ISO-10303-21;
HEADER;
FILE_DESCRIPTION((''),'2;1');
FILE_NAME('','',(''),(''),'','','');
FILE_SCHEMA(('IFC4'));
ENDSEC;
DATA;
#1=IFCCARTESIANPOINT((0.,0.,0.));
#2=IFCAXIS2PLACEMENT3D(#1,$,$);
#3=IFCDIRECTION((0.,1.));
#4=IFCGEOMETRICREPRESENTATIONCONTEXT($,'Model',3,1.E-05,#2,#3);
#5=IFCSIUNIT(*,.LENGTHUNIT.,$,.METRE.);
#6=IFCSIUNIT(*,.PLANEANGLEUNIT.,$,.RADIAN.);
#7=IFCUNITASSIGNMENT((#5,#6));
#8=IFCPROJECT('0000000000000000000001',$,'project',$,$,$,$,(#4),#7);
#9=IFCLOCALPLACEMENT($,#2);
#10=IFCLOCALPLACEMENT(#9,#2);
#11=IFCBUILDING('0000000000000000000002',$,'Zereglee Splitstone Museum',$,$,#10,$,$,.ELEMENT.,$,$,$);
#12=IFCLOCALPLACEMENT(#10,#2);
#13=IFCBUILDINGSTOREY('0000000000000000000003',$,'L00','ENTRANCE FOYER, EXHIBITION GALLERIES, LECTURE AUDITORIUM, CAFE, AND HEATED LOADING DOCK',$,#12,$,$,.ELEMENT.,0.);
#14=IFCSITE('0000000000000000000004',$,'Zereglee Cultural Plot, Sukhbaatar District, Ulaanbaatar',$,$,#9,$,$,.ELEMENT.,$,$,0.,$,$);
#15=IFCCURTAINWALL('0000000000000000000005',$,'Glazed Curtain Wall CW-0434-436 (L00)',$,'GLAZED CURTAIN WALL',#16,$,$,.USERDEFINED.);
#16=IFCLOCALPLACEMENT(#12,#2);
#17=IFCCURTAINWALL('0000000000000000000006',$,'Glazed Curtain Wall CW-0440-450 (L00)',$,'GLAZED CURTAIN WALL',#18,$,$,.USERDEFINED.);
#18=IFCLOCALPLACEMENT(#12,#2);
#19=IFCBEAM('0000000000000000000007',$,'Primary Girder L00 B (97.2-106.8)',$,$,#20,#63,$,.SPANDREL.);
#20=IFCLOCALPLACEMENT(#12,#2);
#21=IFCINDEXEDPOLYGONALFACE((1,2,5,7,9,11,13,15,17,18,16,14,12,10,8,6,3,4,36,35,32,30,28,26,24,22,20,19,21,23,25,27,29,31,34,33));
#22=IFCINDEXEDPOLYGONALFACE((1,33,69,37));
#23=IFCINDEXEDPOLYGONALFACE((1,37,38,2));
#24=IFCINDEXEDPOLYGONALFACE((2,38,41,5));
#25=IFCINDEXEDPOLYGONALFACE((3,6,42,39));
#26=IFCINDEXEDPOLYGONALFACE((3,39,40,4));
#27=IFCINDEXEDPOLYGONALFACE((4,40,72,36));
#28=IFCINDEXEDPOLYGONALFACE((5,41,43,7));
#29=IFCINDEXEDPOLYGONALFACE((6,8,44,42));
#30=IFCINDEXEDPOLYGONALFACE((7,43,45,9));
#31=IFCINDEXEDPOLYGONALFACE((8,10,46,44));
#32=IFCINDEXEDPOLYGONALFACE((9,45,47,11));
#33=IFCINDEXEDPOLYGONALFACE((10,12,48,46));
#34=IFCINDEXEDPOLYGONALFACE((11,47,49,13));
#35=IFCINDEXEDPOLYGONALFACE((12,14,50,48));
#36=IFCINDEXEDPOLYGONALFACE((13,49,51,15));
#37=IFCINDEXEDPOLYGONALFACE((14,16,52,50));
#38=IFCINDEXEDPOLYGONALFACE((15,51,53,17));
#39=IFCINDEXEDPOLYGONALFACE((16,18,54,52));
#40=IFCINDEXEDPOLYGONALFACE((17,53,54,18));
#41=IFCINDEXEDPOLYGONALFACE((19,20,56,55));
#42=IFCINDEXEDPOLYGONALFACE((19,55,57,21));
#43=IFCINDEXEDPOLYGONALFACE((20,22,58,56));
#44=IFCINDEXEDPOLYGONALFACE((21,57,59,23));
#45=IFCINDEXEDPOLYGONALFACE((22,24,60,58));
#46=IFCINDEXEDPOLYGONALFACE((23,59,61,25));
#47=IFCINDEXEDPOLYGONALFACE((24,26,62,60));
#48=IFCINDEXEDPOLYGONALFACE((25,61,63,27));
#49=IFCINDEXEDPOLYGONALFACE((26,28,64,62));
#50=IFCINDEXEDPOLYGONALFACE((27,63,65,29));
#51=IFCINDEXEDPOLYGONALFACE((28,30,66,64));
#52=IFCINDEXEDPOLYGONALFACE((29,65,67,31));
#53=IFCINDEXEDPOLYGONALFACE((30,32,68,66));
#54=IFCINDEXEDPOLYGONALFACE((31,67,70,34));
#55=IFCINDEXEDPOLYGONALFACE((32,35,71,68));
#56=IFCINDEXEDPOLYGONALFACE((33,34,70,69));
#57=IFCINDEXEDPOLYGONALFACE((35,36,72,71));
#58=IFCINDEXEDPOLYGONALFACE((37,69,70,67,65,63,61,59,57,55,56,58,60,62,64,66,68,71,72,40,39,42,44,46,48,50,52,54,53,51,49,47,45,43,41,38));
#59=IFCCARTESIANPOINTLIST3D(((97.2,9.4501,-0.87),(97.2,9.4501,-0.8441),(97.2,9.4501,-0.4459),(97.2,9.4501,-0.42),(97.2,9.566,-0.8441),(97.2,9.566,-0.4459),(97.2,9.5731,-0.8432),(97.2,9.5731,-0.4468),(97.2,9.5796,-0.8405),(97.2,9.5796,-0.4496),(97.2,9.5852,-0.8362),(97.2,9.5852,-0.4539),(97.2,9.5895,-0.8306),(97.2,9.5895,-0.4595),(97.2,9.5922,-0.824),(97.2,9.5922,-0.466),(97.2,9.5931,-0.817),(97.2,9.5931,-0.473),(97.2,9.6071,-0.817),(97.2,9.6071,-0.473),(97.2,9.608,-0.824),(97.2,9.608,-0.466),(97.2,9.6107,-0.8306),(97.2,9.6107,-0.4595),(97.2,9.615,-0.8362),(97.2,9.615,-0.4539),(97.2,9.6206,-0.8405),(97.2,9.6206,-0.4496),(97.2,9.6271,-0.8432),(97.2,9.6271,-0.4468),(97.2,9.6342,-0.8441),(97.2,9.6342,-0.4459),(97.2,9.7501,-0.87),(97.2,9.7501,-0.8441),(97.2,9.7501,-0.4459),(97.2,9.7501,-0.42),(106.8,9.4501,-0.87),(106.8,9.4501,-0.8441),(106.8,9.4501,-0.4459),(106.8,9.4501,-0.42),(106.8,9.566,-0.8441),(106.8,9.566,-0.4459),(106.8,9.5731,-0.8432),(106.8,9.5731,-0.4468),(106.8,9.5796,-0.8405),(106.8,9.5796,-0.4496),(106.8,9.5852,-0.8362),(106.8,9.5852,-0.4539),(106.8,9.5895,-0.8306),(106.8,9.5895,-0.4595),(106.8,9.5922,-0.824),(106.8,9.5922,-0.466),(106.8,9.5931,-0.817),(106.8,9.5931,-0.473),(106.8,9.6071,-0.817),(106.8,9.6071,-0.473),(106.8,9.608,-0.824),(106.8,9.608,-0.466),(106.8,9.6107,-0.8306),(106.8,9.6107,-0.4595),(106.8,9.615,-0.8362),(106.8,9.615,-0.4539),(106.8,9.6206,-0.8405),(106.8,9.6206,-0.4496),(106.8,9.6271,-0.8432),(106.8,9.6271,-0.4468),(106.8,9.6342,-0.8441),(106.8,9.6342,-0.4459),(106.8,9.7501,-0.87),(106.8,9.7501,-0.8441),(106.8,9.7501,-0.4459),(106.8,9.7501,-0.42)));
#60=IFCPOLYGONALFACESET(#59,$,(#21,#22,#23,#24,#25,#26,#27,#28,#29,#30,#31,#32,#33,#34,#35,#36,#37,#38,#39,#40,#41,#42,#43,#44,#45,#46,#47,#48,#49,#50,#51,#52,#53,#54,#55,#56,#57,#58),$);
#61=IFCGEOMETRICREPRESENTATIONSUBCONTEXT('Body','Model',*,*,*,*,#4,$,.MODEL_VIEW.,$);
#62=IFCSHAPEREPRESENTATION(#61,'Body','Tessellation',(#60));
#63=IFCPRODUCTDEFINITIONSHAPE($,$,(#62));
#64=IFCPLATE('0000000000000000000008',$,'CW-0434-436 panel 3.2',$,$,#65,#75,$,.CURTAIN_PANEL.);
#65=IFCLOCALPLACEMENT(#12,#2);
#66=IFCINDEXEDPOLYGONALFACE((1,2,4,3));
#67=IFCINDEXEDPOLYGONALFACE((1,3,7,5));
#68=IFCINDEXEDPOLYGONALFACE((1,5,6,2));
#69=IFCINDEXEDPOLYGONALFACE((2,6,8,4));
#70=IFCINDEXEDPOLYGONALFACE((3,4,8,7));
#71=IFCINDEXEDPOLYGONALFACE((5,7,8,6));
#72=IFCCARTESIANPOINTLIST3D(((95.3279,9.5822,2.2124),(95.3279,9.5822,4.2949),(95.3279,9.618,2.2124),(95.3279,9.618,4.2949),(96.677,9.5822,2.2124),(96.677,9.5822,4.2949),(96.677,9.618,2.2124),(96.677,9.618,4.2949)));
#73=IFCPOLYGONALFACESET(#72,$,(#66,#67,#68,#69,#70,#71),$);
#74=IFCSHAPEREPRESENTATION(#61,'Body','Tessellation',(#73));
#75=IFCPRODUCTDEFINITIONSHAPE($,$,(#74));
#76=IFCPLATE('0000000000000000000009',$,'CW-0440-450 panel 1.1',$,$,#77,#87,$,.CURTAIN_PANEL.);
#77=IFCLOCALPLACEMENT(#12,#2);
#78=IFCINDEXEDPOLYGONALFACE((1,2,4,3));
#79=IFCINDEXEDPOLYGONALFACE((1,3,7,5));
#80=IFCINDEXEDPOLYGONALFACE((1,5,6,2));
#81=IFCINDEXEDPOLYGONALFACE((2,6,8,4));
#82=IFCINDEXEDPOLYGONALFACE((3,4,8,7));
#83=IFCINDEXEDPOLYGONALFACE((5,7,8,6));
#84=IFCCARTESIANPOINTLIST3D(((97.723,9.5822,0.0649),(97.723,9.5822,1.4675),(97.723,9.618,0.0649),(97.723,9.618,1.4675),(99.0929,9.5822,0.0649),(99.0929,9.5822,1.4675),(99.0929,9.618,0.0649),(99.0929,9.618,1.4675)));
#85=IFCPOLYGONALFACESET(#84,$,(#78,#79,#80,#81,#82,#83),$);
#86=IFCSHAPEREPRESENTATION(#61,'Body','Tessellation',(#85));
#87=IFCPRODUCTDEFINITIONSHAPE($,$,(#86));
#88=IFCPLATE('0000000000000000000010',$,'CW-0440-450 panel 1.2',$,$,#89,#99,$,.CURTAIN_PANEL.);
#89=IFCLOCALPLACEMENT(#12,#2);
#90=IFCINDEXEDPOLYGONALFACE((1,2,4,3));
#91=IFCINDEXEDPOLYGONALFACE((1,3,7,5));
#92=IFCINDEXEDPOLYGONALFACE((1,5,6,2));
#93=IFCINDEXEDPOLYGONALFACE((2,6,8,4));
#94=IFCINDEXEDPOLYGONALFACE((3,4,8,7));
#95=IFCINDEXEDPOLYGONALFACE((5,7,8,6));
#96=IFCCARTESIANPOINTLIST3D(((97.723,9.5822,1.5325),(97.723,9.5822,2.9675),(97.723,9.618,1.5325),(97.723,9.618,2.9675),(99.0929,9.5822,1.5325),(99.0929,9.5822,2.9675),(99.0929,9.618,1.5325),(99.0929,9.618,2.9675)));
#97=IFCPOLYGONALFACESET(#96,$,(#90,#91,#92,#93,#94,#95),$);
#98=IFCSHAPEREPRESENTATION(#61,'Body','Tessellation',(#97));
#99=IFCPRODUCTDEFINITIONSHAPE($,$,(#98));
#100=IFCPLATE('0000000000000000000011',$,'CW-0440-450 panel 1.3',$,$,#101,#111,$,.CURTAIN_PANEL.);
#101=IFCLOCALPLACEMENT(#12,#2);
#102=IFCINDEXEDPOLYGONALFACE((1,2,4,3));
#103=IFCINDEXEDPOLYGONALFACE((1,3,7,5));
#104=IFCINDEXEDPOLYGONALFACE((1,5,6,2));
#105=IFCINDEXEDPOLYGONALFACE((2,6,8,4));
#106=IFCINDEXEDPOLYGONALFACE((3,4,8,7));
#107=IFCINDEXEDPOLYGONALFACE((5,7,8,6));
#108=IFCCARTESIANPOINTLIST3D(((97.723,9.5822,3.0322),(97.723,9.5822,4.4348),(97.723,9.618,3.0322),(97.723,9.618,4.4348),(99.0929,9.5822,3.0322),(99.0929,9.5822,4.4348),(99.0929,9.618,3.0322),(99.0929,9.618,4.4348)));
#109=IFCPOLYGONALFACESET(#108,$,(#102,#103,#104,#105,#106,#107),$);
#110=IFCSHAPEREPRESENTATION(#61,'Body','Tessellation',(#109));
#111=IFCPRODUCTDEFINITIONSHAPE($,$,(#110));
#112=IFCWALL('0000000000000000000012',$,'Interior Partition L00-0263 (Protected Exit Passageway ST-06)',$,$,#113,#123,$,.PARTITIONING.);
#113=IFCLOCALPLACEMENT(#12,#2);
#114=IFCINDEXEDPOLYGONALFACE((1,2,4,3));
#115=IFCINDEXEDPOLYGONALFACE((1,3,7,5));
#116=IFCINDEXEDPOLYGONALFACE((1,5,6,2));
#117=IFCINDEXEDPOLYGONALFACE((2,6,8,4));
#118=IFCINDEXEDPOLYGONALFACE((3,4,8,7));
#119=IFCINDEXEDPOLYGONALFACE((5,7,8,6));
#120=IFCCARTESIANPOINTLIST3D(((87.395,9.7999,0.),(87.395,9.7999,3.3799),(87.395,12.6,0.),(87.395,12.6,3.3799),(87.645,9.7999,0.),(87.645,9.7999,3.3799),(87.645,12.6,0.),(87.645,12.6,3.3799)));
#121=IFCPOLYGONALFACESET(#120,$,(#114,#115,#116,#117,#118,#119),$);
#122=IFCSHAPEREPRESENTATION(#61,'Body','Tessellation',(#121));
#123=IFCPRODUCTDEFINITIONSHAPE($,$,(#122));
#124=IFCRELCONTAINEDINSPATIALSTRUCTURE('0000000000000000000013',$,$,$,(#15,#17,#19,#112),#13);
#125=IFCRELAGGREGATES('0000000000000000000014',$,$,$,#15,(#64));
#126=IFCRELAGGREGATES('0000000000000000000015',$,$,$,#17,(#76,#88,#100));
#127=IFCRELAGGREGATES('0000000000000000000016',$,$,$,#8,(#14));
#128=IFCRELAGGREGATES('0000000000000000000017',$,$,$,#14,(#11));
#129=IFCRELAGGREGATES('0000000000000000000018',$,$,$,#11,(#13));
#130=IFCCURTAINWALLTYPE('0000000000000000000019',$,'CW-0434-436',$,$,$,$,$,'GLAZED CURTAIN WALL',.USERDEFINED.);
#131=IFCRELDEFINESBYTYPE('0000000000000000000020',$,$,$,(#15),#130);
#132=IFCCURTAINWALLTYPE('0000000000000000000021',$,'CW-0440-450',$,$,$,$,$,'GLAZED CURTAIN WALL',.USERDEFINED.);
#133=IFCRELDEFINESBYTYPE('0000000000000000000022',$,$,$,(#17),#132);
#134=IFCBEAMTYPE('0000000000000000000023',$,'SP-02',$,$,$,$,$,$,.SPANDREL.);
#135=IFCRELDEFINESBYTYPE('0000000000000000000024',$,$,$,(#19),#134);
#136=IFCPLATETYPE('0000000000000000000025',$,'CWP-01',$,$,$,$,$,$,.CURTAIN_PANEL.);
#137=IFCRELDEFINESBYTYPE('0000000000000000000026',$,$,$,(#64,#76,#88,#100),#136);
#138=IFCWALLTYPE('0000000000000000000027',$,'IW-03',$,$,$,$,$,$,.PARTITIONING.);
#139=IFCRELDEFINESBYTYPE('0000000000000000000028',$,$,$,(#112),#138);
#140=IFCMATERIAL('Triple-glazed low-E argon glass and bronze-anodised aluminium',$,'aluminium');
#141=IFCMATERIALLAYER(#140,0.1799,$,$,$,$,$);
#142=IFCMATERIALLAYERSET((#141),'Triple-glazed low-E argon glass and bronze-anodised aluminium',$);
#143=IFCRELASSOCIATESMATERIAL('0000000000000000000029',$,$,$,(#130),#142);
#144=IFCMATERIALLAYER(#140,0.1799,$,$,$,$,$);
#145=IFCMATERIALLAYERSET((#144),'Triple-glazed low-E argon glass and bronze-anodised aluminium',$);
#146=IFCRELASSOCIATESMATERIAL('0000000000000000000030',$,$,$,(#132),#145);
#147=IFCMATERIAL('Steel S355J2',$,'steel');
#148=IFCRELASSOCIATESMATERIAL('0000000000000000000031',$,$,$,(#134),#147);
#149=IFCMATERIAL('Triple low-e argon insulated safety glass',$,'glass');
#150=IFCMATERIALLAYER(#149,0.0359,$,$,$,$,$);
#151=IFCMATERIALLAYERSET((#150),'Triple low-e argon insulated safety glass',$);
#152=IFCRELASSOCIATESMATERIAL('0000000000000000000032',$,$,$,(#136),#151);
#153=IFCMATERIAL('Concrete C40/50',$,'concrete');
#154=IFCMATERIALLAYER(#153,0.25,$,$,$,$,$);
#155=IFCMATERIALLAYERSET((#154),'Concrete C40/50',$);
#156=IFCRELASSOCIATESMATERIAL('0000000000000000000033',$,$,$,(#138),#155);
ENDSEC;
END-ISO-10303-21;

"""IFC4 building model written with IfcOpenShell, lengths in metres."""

from ifc_helpers import new_model, si_unit, direction, frame, frame_2d, origin, origin_2d, place, context, subcontext, project, spatial, rectangle, i_section, extrude, material, layer, layer_set, material_profile, profile_set, type_object, element, aggregate, save


model = new_model("IFC4")

# Units and contexts
model_context = context("Model", 3, precision=1e-05, world=origin(), true_north=direction((0.0, 1.0)))
body_context = subcontext(model_context, "Body", "Model", "MODEL_VIEW")
ifc_project = project(units=[si_unit("LENGTHUNIT", "METRE"), si_unit("PLANEANGLEUNIT", "RADIAN")], contexts=[model_context])

# Site, building, storey
site_placement = place(None, origin())
site = spatial("IfcSite", under=ifc_project, at=site_placement, Name="Zereglee Cultural Plot, Sukhbaatar District, Ulaanbaatar", CompositionType="ELEMENT", RefElevation=0.0)
building_placement = place(site_placement, origin())
building = spatial("IfcBuilding", under=site, at=building_placement, Name="Zereglee Splitstone Museum", CompositionType="ELEMENT")
storey_placement = place(building_placement, origin())
storey = spatial("IfcBuildingStorey", under=building, at=storey_placement, Name="L00", Description="ENTRANCE FOYER, EXHIBITION GALLERIES, LECTURE AUDITORIUM, CAFE, AND HEATED LOADING DOCK", CompositionType="ELEMENT", Elevation=0.0)

# Shared definitions
ifc_material_1 = material(Name="Concrete C40/50", Category="concrete")

# Curtain wall
ifc_material_2 = material(Name="Triple-glazed low-E argon glass and bronze-anodised aluminium", Category="aluminium")
ifc_layer_1 = layer(ifc_material_2, 0.1799)
ifc_layer_set_1 = layer_set([ifc_layer_1], Name="Triple-glazed low-E argon glass and bronze-anodised aluminium")
curtain_wall_type_1 = type_object("IfcCurtainWallType", Name="CW-0434-436", ElementType="GLAZED CURTAIN WALL", PredefinedType="USERDEFINED", material=ifc_layer_set_1)
curtain_wall_1_placement = place(storey_placement, origin())
curtain_wall_1 = element("IfcCurtainWall", 1, at=curtain_wall_1_placement, inside=storey, type_object=curtain_wall_type_1, Name="Glazed Curtain Wall CW-0434-436 (L00)", ObjectType="GLAZED CURTAIN WALL", PredefinedType="USERDEFINED")

# Curtain wall
ifc_layer_2 = layer(ifc_material_2, 0.1799)
ifc_layer_set_2 = layer_set([ifc_layer_2], Name="Triple-glazed low-E argon glass and bronze-anodised aluminium")
curtain_wall_type_2 = type_object("IfcCurtainWallType", Name="CW-0440-450", ElementType="GLAZED CURTAIN WALL", PredefinedType="USERDEFINED", material=ifc_layer_set_2)
curtain_wall_2_placement = place(storey_placement, origin())
curtain_wall_2 = element("IfcCurtainWall", 2, at=curtain_wall_2_placement, inside=storey, type_object=curtain_wall_type_2, Name="Glazed Curtain Wall CW-0440-450 (L00)", ObjectType="GLAZED CURTAIN WALL", PredefinedType="USERDEFINED")

# Beam
ifc_material_3 = material(Name="Steel S355J2", Category="steel")
ifc_material_profile_1 = material_profile(ifc_material_3, i_section(OverallWidth=0.3, OverallDepth=0.45, WebThickness=0.0139, FlangeThickness=0.0259, FilletRadius=0.0271, at=origin_2d()), Name="HE 450 B")
ifc_profile_set_1 = profile_set([ifc_material_profile_1], Name="Steel S355J2")
beam_type_1 = type_object("IfcBeamType", Name="SP-02", PredefinedType="SPANDREL", material=ifc_profile_set_1)
beam_1_placement = place(storey_placement, frame((97.2, 9.6001, -0.645), z_axis=(1.0, 0.0, 0.0), x_axis=(0.0, 1.0, 0.0)))
element("IfcBeam", 3, at=beam_1_placement, inside=storey, type_object=beam_type_1, Name="Primary Girder L00 B (97.2-106.8)", PredefinedType="SPANDREL", context=body_context, shape_type="SweptSolid", body=[
    extrude(i_section(OverallWidth=0.3, OverallDepth=0.45, WebThickness=0.0139, FlangeThickness=0.0259, FilletRadius=0.0271, at=origin_2d()), origin(), (0.0, 0.0, 1.0), 9.6001),
])

# Plates
ifc_material_4 = material(Name="Triple low-e argon insulated safety glass", Category="glass")
ifc_layer_3 = layer(ifc_material_4, 0.0359)
ifc_layer_set_3 = layer_set([ifc_layer_3], Name="Triple low-e argon insulated safety glass")
plate_type = type_object("IfcPlateType", Name="CWP-01", PredefinedType="CURTAIN_PANEL", material=ifc_layer_set_3)
plate_1_placement = place(storey_placement, frame((96.0024, 9.6001, 2.2124), z_axis=(0.0, 0.0, 1.0), x_axis=(1.0, 0.0, 0.0)))
plate_1 = element("IfcPlate", 4, at=plate_1_placement, type_object=plate_type, Name="CW-0434-436 panel 3.2", PredefinedType="CURTAIN_PANEL", context=body_context, shape_type="SweptSolid", body=[
    extrude(rectangle(XDim=1.3491, YDim=0.0359, at=origin_2d()), origin(), (0.0, 0.0, 1.0), 2.0825),
])
aggregate(curtain_wall_1, [plate_1])
plate_2_placement = place(storey_placement, frame((98.408, 9.6001, 0.0649), z_axis=(0.0, 0.0, 1.0), x_axis=(1.0, 0.0, 0.0)))
plate_2 = element("IfcPlate", 5, at=plate_2_placement, type_object=plate_type, Name="CW-0440-450 panel 1.1", PredefinedType="CURTAIN_PANEL", context=body_context, shape_type="SweptSolid", body=[
    extrude(rectangle(XDim=1.3699, YDim=0.0359, at=origin_2d()), origin(), (0.0, 0.0, 1.0), 1.4026),
])
plate_3_placement = place(storey_placement, frame((98.408, 9.6001, 1.5325), z_axis=(0.0, 0.0, 1.0), x_axis=(1.0, 0.0, 0.0)))
plate_3 = element("IfcPlate", 6, at=plate_3_placement, type_object=plate_type, Name="CW-0440-450 panel 1.2", PredefinedType="CURTAIN_PANEL", context=body_context, shape_type="SweptSolid", body=[
    extrude(rectangle(XDim=1.3699, YDim=0.0359, at=origin_2d()), origin(), (0.0, 0.0, 1.0), 1.4351),
])
plate_4_placement = place(storey_placement, frame((98.408, 9.6001, 3.0322), z_axis=(0.0, 0.0, 1.0), x_axis=(1.0, 0.0, 0.0)))
plate_4 = element("IfcPlate", 7, at=plate_4_placement, type_object=plate_type, Name="CW-0440-450 panel 1.3", PredefinedType="CURTAIN_PANEL", context=body_context, shape_type="SweptSolid", body=[
    extrude(rectangle(XDim=1.3699, YDim=0.0359, at=origin_2d()), origin(), (0.0, 0.0, 1.0), 1.4026),
])
aggregate(curtain_wall_2, [plate_2, plate_3, plate_4])

# Wall
ifc_layer_4 = layer(ifc_material_1, 0.25)
ifc_layer_set_4 = layer_set([ifc_layer_4], Name="Concrete C40/50")
wall_type_1 = type_object("IfcWallType", Name="IW-03", PredefinedType="PARTITIONING", material=ifc_layer_set_4)
wall_1_placement = place(storey_placement, frame((87.52, 9.8, 0.0), z_axis=(0.0, 0.0, 1.0), x_axis=(0.0, 1.0, 0.0)))
element("IfcWall", 8, at=wall_1_placement, inside=storey, type_object=wall_type_1, Name="Interior Partition L00-0263 (Protected Exit Passageway ST-06)", PredefinedType="PARTITIONING", context=body_context, shape_type="SweptSolid", body=[
    extrude(rectangle(XDim=2.8, YDim=0.25, at=frame_2d((1.3999, 0.0))), origin(), (0.0, 0.0, 1.0), 3.3799),
])

save(model, "model.ifc")
